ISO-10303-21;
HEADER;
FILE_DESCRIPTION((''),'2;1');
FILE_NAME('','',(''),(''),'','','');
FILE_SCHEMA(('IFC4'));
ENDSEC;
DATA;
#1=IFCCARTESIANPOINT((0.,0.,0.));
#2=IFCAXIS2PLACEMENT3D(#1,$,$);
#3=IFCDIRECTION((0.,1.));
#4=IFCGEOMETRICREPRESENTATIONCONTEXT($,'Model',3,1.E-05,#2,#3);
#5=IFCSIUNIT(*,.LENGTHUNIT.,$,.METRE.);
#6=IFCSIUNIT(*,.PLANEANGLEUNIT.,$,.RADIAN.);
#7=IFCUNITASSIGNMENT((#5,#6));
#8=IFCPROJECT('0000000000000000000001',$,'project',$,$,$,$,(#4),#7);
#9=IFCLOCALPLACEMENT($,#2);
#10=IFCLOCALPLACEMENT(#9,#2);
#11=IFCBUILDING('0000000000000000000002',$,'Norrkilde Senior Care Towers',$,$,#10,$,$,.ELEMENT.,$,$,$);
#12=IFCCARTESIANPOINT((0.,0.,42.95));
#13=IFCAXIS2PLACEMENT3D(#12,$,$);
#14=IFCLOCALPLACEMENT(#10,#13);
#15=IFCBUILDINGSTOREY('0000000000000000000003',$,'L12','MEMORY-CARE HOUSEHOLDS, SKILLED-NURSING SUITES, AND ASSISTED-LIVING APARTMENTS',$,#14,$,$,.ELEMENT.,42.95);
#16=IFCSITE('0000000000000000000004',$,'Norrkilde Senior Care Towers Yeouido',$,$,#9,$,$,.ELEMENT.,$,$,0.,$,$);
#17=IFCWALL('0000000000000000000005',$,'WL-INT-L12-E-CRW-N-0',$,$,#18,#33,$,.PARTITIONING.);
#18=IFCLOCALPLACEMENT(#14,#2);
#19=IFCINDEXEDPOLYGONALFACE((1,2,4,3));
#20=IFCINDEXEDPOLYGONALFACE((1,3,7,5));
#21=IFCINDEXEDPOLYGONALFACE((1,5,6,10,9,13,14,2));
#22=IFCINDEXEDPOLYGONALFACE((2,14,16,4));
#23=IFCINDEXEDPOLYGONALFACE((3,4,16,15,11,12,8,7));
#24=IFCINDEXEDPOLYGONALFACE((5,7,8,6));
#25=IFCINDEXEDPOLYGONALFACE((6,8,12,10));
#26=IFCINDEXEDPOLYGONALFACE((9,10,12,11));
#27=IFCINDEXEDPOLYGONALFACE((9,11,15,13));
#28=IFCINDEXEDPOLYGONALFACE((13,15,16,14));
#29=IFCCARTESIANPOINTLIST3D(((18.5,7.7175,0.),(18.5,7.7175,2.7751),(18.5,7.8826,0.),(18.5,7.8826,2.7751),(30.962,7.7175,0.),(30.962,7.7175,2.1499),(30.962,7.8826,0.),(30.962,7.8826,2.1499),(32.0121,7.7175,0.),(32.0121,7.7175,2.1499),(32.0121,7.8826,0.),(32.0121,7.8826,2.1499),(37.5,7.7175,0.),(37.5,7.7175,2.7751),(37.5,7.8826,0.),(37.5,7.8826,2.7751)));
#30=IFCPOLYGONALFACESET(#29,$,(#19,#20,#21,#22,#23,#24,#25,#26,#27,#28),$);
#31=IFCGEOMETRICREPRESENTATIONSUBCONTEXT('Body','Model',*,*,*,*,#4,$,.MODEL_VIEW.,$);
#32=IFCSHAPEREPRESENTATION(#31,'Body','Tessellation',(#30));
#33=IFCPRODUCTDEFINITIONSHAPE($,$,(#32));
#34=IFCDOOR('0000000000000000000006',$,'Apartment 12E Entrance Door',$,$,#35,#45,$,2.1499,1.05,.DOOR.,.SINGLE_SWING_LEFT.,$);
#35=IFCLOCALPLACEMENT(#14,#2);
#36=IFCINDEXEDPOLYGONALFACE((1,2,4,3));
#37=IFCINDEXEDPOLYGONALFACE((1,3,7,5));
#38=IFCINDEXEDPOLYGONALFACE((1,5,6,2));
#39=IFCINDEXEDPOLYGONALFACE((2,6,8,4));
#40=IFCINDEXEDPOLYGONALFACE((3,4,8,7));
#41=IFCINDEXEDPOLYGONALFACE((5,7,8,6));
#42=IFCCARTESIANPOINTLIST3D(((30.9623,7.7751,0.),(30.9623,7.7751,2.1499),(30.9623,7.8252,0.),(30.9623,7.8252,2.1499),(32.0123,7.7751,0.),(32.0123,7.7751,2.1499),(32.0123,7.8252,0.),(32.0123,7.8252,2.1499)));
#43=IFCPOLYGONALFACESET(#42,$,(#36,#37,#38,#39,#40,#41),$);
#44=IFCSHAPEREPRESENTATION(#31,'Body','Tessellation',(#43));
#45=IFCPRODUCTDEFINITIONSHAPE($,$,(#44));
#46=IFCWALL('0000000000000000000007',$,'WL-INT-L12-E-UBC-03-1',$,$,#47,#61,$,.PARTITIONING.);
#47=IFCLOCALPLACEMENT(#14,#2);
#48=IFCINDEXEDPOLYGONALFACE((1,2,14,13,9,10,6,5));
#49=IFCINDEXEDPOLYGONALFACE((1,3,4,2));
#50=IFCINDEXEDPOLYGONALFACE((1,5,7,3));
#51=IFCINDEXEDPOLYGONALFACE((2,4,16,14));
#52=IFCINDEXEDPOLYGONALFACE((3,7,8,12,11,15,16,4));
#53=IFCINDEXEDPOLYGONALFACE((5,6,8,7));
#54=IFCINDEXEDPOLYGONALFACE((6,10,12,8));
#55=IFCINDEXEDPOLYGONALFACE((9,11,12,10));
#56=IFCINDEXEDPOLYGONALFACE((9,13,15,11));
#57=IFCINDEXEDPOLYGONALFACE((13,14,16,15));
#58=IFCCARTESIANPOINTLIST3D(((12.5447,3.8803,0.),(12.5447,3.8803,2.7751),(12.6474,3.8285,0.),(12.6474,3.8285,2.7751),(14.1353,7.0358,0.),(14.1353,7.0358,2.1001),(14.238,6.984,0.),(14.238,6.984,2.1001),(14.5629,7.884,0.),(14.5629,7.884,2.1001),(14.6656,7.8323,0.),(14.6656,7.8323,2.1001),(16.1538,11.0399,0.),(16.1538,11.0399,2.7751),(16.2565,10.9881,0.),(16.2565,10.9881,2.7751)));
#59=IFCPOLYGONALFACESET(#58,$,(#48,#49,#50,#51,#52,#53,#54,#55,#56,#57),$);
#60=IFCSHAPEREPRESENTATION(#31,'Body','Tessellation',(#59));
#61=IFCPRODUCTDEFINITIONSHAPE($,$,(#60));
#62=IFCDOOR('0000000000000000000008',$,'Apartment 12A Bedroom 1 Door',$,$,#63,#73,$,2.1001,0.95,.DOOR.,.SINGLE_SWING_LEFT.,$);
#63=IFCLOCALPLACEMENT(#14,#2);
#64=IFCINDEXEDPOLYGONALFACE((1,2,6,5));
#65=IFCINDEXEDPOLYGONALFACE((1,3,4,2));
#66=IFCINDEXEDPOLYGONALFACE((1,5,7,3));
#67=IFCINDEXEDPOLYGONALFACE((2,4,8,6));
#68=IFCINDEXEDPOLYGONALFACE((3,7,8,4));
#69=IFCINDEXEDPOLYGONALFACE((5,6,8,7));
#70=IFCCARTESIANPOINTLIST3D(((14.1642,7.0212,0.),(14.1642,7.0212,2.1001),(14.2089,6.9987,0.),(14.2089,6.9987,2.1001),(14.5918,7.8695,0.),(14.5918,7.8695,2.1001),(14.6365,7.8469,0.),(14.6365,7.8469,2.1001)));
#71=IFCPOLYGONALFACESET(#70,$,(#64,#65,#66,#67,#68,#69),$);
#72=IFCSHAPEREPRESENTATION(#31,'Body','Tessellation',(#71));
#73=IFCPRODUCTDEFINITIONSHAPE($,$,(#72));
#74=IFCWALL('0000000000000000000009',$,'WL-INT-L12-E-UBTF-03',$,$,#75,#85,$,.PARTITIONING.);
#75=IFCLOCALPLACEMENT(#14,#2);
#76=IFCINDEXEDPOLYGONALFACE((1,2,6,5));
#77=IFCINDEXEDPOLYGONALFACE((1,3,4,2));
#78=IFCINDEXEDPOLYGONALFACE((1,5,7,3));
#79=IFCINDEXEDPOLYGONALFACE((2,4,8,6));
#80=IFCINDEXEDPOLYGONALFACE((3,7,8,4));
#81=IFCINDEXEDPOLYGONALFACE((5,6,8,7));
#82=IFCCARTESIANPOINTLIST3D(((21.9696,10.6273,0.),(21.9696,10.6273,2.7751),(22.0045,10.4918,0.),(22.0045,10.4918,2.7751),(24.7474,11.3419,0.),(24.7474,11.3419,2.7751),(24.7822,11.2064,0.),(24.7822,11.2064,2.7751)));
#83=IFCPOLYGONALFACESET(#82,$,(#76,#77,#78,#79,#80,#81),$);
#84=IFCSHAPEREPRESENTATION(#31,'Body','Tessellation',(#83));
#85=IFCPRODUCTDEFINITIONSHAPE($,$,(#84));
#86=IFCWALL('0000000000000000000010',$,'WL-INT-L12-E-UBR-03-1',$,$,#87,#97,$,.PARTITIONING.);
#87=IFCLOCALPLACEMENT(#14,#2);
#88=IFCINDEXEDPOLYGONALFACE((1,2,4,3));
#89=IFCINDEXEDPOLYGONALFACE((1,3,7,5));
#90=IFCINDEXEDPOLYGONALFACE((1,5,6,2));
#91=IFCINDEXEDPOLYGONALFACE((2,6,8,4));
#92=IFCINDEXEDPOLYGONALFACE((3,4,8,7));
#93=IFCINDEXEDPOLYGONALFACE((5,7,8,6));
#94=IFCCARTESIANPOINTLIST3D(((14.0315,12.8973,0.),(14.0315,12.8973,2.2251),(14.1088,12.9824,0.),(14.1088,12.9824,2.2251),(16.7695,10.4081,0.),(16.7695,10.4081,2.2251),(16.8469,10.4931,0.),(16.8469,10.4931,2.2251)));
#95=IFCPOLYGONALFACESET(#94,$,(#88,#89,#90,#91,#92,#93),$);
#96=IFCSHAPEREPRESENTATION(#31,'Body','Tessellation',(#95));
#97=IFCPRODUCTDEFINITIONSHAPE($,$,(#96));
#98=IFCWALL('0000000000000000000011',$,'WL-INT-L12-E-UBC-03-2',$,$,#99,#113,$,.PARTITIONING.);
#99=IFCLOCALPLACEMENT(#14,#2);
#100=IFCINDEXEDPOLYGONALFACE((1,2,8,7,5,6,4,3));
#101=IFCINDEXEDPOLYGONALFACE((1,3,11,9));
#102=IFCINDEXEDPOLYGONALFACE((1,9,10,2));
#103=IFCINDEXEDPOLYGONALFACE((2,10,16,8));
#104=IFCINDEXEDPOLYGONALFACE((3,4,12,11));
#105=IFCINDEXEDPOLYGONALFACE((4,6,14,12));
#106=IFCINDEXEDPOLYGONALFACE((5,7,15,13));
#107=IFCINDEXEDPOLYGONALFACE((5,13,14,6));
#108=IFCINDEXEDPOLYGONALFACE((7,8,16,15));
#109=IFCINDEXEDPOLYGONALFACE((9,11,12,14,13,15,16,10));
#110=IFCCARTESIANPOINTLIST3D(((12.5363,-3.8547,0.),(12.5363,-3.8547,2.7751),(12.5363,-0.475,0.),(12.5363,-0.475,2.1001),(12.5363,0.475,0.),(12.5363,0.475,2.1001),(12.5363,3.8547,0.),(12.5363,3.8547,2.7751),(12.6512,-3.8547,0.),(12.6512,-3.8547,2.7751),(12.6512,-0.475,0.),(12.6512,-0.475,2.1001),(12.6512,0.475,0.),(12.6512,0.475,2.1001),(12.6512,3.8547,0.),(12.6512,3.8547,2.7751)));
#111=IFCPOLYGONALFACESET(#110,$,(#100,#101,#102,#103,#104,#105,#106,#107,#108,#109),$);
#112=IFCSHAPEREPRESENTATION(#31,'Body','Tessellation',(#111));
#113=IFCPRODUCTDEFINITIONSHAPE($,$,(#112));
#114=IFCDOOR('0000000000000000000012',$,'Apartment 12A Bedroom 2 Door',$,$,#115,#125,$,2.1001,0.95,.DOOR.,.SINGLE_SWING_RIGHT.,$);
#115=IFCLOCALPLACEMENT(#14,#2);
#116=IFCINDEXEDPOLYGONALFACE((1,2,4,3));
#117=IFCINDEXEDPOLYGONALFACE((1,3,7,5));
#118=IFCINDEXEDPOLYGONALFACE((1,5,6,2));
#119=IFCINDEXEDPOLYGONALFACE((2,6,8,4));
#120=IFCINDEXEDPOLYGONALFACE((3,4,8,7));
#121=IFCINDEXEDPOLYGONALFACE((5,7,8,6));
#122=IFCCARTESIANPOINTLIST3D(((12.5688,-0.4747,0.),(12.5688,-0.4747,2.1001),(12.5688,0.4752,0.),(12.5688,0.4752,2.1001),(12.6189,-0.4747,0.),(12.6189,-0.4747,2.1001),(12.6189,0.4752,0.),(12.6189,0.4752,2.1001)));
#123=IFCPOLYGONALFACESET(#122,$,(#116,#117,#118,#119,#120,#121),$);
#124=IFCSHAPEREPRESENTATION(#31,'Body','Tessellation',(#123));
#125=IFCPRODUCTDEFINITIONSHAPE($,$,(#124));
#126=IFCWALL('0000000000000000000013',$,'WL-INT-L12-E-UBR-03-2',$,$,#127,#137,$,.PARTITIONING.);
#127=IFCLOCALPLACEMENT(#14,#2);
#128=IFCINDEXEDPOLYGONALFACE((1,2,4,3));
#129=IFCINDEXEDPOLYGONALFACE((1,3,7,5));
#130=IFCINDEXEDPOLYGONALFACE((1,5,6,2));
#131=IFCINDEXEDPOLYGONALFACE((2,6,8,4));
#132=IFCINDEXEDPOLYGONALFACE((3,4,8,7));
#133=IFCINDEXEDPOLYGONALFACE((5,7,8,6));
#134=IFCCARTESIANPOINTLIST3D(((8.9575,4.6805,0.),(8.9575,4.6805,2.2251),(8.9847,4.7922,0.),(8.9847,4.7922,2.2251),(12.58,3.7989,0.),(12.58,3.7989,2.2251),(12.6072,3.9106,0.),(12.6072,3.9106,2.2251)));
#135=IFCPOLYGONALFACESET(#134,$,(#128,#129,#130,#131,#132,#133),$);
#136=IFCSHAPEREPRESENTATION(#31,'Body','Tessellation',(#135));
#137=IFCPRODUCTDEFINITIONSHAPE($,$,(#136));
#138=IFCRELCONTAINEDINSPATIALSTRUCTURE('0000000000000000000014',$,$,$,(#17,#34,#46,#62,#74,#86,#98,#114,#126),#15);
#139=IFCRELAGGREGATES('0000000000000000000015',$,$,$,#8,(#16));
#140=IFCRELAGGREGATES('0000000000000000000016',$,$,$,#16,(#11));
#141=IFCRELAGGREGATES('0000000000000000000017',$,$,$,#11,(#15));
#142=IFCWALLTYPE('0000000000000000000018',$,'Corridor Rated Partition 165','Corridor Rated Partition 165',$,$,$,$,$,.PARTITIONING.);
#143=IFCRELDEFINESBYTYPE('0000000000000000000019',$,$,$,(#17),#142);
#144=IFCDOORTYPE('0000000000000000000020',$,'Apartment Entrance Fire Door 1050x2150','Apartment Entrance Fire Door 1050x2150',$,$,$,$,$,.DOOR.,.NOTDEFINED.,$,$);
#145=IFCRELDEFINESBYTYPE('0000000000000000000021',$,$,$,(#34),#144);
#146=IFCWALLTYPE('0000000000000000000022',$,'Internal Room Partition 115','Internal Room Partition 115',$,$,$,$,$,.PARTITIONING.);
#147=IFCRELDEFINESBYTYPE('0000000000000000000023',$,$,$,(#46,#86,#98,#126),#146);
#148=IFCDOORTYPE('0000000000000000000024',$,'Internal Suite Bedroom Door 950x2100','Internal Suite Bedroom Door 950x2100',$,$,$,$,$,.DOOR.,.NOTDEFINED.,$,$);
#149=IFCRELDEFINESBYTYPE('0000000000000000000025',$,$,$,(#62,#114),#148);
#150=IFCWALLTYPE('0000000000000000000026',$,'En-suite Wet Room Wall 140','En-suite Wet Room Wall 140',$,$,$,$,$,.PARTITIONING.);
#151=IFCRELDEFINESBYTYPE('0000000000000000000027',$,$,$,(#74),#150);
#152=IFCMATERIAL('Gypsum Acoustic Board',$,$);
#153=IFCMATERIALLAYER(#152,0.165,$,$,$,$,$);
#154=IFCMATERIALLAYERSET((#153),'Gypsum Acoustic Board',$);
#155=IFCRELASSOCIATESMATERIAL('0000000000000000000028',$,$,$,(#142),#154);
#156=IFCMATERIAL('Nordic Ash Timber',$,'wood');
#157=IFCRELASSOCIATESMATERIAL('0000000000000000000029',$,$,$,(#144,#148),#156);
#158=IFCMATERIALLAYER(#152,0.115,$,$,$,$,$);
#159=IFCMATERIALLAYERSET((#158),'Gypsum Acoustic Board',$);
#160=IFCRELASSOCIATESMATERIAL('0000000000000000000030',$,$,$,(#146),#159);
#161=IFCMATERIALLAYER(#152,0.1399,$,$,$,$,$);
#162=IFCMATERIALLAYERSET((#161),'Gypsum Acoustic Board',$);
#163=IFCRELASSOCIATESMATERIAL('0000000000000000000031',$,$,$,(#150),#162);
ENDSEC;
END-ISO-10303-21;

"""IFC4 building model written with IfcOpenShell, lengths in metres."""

from ifc_helpers import new_model, si_unit, direction, frame, frame_2d, origin, place, context, subcontext, project, spatial, rectangle, extrude, source, transform, mapped, material, layer, layer_set, type_object, type_shapes, element, fill, save


model = new_model("IFC4")

# Units and contexts
model_context = context("Model", 3, precision=1e-05, world=origin(), true_north=direction((0.0, 1.0)))
body_context = subcontext(model_context, "Body", "Model", "MODEL_VIEW")
ifc_project = project(units=[si_unit("LENGTHUNIT", "METRE"), si_unit("PLANEANGLEUNIT", "RADIAN")], contexts=[model_context])

# Site, building, storey
site_placement = place(None, origin())
site = spatial("IfcSite", under=ifc_project, at=site_placement, Name="Norrkilde Senior Care Towers Yeouido", CompositionType="ELEMENT", RefElevation=0.0)
building_placement = place(site_placement, origin())
building = spatial("IfcBuilding", under=site, at=building_placement, Name="Norrkilde Senior Care Towers", CompositionType="ELEMENT")
storey_placement = place(building_placement, frame((0.0, 0.0, 42.95)))
storey = spatial("IfcBuildingStorey", under=building, at=storey_placement, Name="L12", Description="MEMORY-CARE HOUSEHOLDS, SKILLED-NURSING SUITES, AND ASSISTED-LIVING APARTMENTS", CompositionType="ELEMENT", Elevation=42.95)

# Walls, openings, doors
ifc_material_1 = material(Name="Gypsum Acoustic Board")
ifc_layer_1 = layer(ifc_material_1, 0.165)
ifc_layer_set_1 = layer_set([ifc_layer_1], Name="Gypsum Acoustic Board")
wall_type_1 = type_object("IfcWallType", Name="Corridor Rated Partition 165", Description="Corridor Rated Partition 165", PredefinedType="PARTITIONING", material=ifc_layer_set_1)
shared_shape_1 = source(origin(), body_context, "Body", "SweptSolid", [
    extrude(rectangle(XDim=19.0, YDim=0.165, at=frame_2d((9.5, 0.0))), origin(), (0.0, 0.0, 1.0), 2.7751),
])
type_shapes(wall_type_1, [shared_shape_1])
wall_1_placement = place(storey_placement, frame((18.5, 7.8, 0.0), z_axis=(0.0, 0.0, 1.0), x_axis=(1.0, 0.0, 0.0)))
wall_1 = element("IfcWall", 1, at=wall_1_placement, inside=storey, type_object=wall_type_1, Name="WL-INT-L12-E-CRW-N-0", PredefinedType="PARTITIONING", context=body_context, shape_type="MappedRepresentation", body=[
    mapped(shared_shape_1, transform((0.0, 0.0, 0.0), x_axis=(1.0, 0.0, 0.0), y_axis=(0.0, 1.0, 0.0), z_axis=(0.0, 0.0, 1.0), scale=1.0)),
])
opening_1_placement = place(wall_1_placement, frame((12.4622, 0.0, 0.0)))
opening_1 = element("IfcOpeningElement", 2, at=opening_1_placement, cuts=wall_1, PredefinedType="OPENING", context=body_context, shape_type="SweptSolid", body=[
    extrude(rectangle(XDim=1.05, YDim=2.1499, at=frame_2d((0.5249, 1.075))), frame((0.0, 0.0925, 0.0), z_axis=(0.0, -1.0, 0.0), x_axis=(1.0, 0.0, 0.0)), (0.0, 0.0, 1.0), 0.1851),
])
ifc_material_2 = material(Name="Nordic Ash Timber", Category="wood")
door_type_1 = type_object("IfcDoorType", Name="Apartment Entrance Fire Door 1050x2150", Description="Apartment Entrance Fire Door 1050x2150", OperationType="NOTDEFINED", PredefinedType="DOOR", material=ifc_material_2)
shared_shape_2 = source(origin(), body_context, "Body", "SweptSolid", [
    extrude(rectangle(XDim=1.05, YDim=2.1499, at=frame_2d((0.5249, 1.075))), frame((0.0, 0.0249, 0.0), z_axis=(0.0, -1.0, 0.0), x_axis=(1.0, 0.0, 0.0)), (0.0, 0.0, 1.0), 0.05),
])
type_shapes(door_type_1, [shared_shape_2])
door_1_placement = place(opening_1_placement, frame((1.05, 0.0, 0.0), z_axis=(0.0, 0.0, 1.0), x_axis=(-1.0, 0.0, 0.0)))
door_1 = element("IfcDoor", 3, at=door_1_placement, inside=storey, type_object=door_type_1, Name="Apartment 12E Entrance Door", OperationType="SINGLE_SWING_LEFT", OverallHeight=2.1499, OverallWidth=1.05, PredefinedType="DOOR", context=body_context, shape_type="MappedRepresentation", body=[
    mapped(shared_shape_2, transform((0.0, 0.0, 0.0), x_axis=(1.0, 0.0, 0.0), y_axis=(0.0, 1.0, 0.0), z_axis=(0.0, 0.0, 1.0), scale=1.0)),
])
fill(opening_1, door_1)
ifc_layer_2 = layer(ifc_material_1, 0.115)
ifc_layer_set_2 = layer_set([ifc_layer_2], Name="Gypsum Acoustic Board")
wall_type_2 = type_object("IfcWallType", Name="Internal Room Partition 115", Description="Internal Room Partition 115", PredefinedType="PARTITIONING", material=ifc_layer_set_2)
shared_shape_3 = source(origin(), body_context, "Body", "SweptSolid", [
    extrude(rectangle(XDim=8.0178, YDim=0.115, at=frame_2d((4.0088, 0.0))), origin(), (0.0, 0.0, 1.0), 2.7751),
])
wall_2_placement = place(storey_placement, frame((16.2051, 11.0139, 0.0), z_axis=(0.0, 0.0, 1.0), x_axis=(-0.450134, -0.892961, 0.0)))
wall_2 = element("IfcWall", 4, at=wall_2_placement, inside=storey, type_object=wall_type_2, Name="WL-INT-L12-E-UBC-03-1", PredefinedType="PARTITIONING", context=body_context, shape_type="MappedRepresentation", body=[
    mapped(shared_shape_3, transform((0.0, 0.0, 0.0), x_axis=(1.0, 0.0, 0.0), y_axis=(0.0, 1.0, 0.0), z_axis=(0.0, 0.0, 1.0), scale=1.0)),
])
opening_2_placement = place(wall_2_placement, frame((3.5339, 0.0, 0.0)))
opening_2 = element("IfcOpeningElement", 5, at=opening_2_placement, cuts=wall_2, PredefinedType="OPENING", context=body_context, shape_type="SweptSolid", body=[
    extrude(rectangle(XDim=0.95, YDim=2.1001, at=frame_2d((0.4751, 1.05))), frame((0.0, 0.0674, 0.0), z_axis=(0.0, -1.0, 0.0), x_axis=(1.0, 0.0, 0.0)), (0.0, 0.0, 1.0), 0.135),
])
door_type_2 = type_object("IfcDoorType", Name="Internal Suite Bedroom Door 950x2100", Description="Internal Suite Bedroom Door 950x2100", OperationType="NOTDEFINED", PredefinedType="DOOR", material=ifc_material_2)
shared_shape_4 = source(origin(), body_context, "Body", "SweptSolid", [
    extrude(rectangle(XDim=0.95, YDim=2.1001, at=frame_2d((0.4751, 1.05))), frame((0.0, 0.0249, 0.0), z_axis=(0.0, -1.0, 0.0), x_axis=(1.0, 0.0, 0.0)), (0.0, 0.0, 1.0), 0.05),
])
type_shapes(door_type_2, [shared_shape_4])
door_2_placement = place(opening_2_placement, origin())
door_2 = element("IfcDoor", 6, at=door_2_placement, inside=storey, type_object=door_type_2, Name="Apartment 12A Bedroom 1 Door", OperationType="SINGLE_SWING_LEFT", OverallHeight=2.1001, OverallWidth=0.95, PredefinedType="DOOR", context=body_context, shape_type="MappedRepresentation", body=[
    mapped(shared_shape_4, transform((0.0, 0.0, 0.0), x_axis=(1.0, 0.0, 0.0), y_axis=(0.0, 1.0, 0.0), z_axis=(0.0, 0.0, 1.0), scale=1.0)),
])
fill(opening_2, door_2)

# Walls
ifc_layer_3 = layer(ifc_material_1, 0.1399)
ifc_layer_set_3 = layer_set([ifc_layer_3], Name="Gypsum Acoustic Board")
wall_type_3 = type_object("IfcWallType", Name="En-suite Wet Room Wall 140", Description="En-suite Wet Room Wall 140", PredefinedType="PARTITIONING", material=ifc_layer_set_3)
shared_shape_5 = source(origin(), body_context, "Body", "SweptSolid", [
    extrude(rectangle(XDim=2.8682, YDim=0.1399, at=frame_2d((1.4341, 0.0))), origin(), (0.0, 0.0, 1.0), 2.7751),
])
type_shapes(wall_type_3, [shared_shape_5])
wall_3_placement = place(storey_placement, frame((21.9871, 10.5596, 0.0), z_axis=(0.0, 0.0, 1.0), x_axis=(0.968468, 0.249139, 0.0)))
element("IfcWall", 7, at=wall_3_placement, inside=storey, type_object=wall_type_3, Name="WL-INT-L12-E-UBTF-03", PredefinedType="PARTITIONING", context=body_context, shape_type="MappedRepresentation", body=[
    mapped(shared_shape_5, transform((0.0, 0.0, 0.0), x_axis=(1.0, 0.0, 0.0), y_axis=(0.0, 1.0, 0.0), z_axis=(0.0, 0.0, 1.0), scale=1.0)),
])
shared_shape_6 = source(origin(), body_context, "Body", "SweptSolid", [
    extrude(rectangle(XDim=3.7004, YDim=0.115, at=frame_2d((1.8501, 0.0))), origin(), (0.0, 0.0, 1.0), 2.2251),
])
wall_4_placement = place(storey_placement, frame((16.8081, 10.4507, 0.0), z_axis=(0.0, 0.0, 1.0), x_axis=(-0.739922, 0.672692, 0.0)))
element("IfcWall", 8, at=wall_4_placement, inside=storey, type_object=wall_type_2, Name="WL-INT-L12-E-UBR-03-1", PredefinedType="PARTITIONING", context=body_context, shape_type="MappedRepresentation", body=[
    mapped(shared_shape_6, transform((0.0, 0.0, 0.0), x_axis=(1.0, 0.0, 0.0), y_axis=(0.0, 1.0, 0.0), z_axis=(0.0, 0.0, 1.0), scale=1.0)),
])

# Wall, opening, door
shared_shape_7 = source(origin(), body_context, "Body", "SweptSolid", [
    extrude(rectangle(XDim=7.7095, YDim=0.115, at=frame_2d((3.8547, 0.0))), origin(), (0.0, 0.0, 1.0), 2.7751),
])
wall_5_placement = place(storey_placement, frame((12.5938, 3.8547, 0.0), z_axis=(0.0, 0.0, 1.0), x_axis=(0.0, -1.0, 0.0)))
wall_5 = element("IfcWall", 9, at=wall_5_placement, inside=storey, type_object=wall_type_2, Name="WL-INT-L12-E-UBC-03-2", PredefinedType="PARTITIONING", context=body_context, shape_type="MappedRepresentation", body=[
    mapped(shared_shape_7, transform((0.0, 0.0, 0.0), x_axis=(1.0, 0.0, 0.0), y_axis=(0.0, 1.0, 0.0), z_axis=(0.0, 0.0, 1.0), scale=1.0)),
])
opening_3_placement = place(wall_5_placement, frame((3.3796, 0.0, 0.0)))
opening_3 = element("IfcOpeningElement", 10, at=opening_3_placement, cuts=wall_5, PredefinedType="OPENING", context=body_context, shape_type="SweptSolid", body=[
    extrude(rectangle(XDim=0.95, YDim=2.1001, at=frame_2d((0.4751, 1.05))), frame((0.0, 0.0674, 0.0), z_axis=(0.0, -1.0, 0.0), x_axis=(1.0, 0.0, 0.0)), (0.0, 0.0, 1.0), 0.135),
])
door_3_placement = place(opening_3_placement, frame((0.95, 0.0, 0.0), z_axis=(0.0, 0.0, 1.0), x_axis=(-1.0, 0.0, 0.0)))
door_3 = element("IfcDoor", 11, at=door_3_placement, inside=storey, type_object=door_type_2, Name="Apartment 12A Bedroom 2 Door", OperationType="SINGLE_SWING_RIGHT", OverallHeight=2.1001, OverallWidth=0.95, PredefinedType="DOOR", context=body_context, shape_type="MappedRepresentation", body=[
    mapped(shared_shape_4, transform((0.0, 0.0, 0.0), x_axis=(1.0, 0.0, 0.0), y_axis=(0.0, 1.0, 0.0), z_axis=(0.0, 0.0, 1.0), scale=1.0)),
])
fill(opening_3, door_3)

# Wall
shared_shape_8 = source(origin(), body_context, "Body", "SweptSolid", [
    extrude(rectangle(XDim=3.7283, YDim=0.115, at=frame_2d((1.8643, 0.0))), origin(), (0.0, 0.0, 1.0), 2.2251),
])
wall_6_placement = place(storey_placement, frame((12.5938, 3.8547, 0.0), z_axis=(0.0, 0.0, 1.0), x_axis=(-0.971641, 0.23646, 0.0)))
element("IfcWall", 12, at=wall_6_placement, inside=storey, type_object=wall_type_2, Name="WL-INT-L12-E-UBR-03-2", PredefinedType="PARTITIONING", context=body_context, shape_type="MappedRepresentation", body=[
    mapped(shared_shape_8, transform((0.0, 0.0, 0.0), x_axis=(1.0, 0.0, 0.0), y_axis=(0.0, 1.0, 0.0), z_axis=(0.0, 0.0, 1.0), scale=1.0)),
])

save(model, "model.ifc")
